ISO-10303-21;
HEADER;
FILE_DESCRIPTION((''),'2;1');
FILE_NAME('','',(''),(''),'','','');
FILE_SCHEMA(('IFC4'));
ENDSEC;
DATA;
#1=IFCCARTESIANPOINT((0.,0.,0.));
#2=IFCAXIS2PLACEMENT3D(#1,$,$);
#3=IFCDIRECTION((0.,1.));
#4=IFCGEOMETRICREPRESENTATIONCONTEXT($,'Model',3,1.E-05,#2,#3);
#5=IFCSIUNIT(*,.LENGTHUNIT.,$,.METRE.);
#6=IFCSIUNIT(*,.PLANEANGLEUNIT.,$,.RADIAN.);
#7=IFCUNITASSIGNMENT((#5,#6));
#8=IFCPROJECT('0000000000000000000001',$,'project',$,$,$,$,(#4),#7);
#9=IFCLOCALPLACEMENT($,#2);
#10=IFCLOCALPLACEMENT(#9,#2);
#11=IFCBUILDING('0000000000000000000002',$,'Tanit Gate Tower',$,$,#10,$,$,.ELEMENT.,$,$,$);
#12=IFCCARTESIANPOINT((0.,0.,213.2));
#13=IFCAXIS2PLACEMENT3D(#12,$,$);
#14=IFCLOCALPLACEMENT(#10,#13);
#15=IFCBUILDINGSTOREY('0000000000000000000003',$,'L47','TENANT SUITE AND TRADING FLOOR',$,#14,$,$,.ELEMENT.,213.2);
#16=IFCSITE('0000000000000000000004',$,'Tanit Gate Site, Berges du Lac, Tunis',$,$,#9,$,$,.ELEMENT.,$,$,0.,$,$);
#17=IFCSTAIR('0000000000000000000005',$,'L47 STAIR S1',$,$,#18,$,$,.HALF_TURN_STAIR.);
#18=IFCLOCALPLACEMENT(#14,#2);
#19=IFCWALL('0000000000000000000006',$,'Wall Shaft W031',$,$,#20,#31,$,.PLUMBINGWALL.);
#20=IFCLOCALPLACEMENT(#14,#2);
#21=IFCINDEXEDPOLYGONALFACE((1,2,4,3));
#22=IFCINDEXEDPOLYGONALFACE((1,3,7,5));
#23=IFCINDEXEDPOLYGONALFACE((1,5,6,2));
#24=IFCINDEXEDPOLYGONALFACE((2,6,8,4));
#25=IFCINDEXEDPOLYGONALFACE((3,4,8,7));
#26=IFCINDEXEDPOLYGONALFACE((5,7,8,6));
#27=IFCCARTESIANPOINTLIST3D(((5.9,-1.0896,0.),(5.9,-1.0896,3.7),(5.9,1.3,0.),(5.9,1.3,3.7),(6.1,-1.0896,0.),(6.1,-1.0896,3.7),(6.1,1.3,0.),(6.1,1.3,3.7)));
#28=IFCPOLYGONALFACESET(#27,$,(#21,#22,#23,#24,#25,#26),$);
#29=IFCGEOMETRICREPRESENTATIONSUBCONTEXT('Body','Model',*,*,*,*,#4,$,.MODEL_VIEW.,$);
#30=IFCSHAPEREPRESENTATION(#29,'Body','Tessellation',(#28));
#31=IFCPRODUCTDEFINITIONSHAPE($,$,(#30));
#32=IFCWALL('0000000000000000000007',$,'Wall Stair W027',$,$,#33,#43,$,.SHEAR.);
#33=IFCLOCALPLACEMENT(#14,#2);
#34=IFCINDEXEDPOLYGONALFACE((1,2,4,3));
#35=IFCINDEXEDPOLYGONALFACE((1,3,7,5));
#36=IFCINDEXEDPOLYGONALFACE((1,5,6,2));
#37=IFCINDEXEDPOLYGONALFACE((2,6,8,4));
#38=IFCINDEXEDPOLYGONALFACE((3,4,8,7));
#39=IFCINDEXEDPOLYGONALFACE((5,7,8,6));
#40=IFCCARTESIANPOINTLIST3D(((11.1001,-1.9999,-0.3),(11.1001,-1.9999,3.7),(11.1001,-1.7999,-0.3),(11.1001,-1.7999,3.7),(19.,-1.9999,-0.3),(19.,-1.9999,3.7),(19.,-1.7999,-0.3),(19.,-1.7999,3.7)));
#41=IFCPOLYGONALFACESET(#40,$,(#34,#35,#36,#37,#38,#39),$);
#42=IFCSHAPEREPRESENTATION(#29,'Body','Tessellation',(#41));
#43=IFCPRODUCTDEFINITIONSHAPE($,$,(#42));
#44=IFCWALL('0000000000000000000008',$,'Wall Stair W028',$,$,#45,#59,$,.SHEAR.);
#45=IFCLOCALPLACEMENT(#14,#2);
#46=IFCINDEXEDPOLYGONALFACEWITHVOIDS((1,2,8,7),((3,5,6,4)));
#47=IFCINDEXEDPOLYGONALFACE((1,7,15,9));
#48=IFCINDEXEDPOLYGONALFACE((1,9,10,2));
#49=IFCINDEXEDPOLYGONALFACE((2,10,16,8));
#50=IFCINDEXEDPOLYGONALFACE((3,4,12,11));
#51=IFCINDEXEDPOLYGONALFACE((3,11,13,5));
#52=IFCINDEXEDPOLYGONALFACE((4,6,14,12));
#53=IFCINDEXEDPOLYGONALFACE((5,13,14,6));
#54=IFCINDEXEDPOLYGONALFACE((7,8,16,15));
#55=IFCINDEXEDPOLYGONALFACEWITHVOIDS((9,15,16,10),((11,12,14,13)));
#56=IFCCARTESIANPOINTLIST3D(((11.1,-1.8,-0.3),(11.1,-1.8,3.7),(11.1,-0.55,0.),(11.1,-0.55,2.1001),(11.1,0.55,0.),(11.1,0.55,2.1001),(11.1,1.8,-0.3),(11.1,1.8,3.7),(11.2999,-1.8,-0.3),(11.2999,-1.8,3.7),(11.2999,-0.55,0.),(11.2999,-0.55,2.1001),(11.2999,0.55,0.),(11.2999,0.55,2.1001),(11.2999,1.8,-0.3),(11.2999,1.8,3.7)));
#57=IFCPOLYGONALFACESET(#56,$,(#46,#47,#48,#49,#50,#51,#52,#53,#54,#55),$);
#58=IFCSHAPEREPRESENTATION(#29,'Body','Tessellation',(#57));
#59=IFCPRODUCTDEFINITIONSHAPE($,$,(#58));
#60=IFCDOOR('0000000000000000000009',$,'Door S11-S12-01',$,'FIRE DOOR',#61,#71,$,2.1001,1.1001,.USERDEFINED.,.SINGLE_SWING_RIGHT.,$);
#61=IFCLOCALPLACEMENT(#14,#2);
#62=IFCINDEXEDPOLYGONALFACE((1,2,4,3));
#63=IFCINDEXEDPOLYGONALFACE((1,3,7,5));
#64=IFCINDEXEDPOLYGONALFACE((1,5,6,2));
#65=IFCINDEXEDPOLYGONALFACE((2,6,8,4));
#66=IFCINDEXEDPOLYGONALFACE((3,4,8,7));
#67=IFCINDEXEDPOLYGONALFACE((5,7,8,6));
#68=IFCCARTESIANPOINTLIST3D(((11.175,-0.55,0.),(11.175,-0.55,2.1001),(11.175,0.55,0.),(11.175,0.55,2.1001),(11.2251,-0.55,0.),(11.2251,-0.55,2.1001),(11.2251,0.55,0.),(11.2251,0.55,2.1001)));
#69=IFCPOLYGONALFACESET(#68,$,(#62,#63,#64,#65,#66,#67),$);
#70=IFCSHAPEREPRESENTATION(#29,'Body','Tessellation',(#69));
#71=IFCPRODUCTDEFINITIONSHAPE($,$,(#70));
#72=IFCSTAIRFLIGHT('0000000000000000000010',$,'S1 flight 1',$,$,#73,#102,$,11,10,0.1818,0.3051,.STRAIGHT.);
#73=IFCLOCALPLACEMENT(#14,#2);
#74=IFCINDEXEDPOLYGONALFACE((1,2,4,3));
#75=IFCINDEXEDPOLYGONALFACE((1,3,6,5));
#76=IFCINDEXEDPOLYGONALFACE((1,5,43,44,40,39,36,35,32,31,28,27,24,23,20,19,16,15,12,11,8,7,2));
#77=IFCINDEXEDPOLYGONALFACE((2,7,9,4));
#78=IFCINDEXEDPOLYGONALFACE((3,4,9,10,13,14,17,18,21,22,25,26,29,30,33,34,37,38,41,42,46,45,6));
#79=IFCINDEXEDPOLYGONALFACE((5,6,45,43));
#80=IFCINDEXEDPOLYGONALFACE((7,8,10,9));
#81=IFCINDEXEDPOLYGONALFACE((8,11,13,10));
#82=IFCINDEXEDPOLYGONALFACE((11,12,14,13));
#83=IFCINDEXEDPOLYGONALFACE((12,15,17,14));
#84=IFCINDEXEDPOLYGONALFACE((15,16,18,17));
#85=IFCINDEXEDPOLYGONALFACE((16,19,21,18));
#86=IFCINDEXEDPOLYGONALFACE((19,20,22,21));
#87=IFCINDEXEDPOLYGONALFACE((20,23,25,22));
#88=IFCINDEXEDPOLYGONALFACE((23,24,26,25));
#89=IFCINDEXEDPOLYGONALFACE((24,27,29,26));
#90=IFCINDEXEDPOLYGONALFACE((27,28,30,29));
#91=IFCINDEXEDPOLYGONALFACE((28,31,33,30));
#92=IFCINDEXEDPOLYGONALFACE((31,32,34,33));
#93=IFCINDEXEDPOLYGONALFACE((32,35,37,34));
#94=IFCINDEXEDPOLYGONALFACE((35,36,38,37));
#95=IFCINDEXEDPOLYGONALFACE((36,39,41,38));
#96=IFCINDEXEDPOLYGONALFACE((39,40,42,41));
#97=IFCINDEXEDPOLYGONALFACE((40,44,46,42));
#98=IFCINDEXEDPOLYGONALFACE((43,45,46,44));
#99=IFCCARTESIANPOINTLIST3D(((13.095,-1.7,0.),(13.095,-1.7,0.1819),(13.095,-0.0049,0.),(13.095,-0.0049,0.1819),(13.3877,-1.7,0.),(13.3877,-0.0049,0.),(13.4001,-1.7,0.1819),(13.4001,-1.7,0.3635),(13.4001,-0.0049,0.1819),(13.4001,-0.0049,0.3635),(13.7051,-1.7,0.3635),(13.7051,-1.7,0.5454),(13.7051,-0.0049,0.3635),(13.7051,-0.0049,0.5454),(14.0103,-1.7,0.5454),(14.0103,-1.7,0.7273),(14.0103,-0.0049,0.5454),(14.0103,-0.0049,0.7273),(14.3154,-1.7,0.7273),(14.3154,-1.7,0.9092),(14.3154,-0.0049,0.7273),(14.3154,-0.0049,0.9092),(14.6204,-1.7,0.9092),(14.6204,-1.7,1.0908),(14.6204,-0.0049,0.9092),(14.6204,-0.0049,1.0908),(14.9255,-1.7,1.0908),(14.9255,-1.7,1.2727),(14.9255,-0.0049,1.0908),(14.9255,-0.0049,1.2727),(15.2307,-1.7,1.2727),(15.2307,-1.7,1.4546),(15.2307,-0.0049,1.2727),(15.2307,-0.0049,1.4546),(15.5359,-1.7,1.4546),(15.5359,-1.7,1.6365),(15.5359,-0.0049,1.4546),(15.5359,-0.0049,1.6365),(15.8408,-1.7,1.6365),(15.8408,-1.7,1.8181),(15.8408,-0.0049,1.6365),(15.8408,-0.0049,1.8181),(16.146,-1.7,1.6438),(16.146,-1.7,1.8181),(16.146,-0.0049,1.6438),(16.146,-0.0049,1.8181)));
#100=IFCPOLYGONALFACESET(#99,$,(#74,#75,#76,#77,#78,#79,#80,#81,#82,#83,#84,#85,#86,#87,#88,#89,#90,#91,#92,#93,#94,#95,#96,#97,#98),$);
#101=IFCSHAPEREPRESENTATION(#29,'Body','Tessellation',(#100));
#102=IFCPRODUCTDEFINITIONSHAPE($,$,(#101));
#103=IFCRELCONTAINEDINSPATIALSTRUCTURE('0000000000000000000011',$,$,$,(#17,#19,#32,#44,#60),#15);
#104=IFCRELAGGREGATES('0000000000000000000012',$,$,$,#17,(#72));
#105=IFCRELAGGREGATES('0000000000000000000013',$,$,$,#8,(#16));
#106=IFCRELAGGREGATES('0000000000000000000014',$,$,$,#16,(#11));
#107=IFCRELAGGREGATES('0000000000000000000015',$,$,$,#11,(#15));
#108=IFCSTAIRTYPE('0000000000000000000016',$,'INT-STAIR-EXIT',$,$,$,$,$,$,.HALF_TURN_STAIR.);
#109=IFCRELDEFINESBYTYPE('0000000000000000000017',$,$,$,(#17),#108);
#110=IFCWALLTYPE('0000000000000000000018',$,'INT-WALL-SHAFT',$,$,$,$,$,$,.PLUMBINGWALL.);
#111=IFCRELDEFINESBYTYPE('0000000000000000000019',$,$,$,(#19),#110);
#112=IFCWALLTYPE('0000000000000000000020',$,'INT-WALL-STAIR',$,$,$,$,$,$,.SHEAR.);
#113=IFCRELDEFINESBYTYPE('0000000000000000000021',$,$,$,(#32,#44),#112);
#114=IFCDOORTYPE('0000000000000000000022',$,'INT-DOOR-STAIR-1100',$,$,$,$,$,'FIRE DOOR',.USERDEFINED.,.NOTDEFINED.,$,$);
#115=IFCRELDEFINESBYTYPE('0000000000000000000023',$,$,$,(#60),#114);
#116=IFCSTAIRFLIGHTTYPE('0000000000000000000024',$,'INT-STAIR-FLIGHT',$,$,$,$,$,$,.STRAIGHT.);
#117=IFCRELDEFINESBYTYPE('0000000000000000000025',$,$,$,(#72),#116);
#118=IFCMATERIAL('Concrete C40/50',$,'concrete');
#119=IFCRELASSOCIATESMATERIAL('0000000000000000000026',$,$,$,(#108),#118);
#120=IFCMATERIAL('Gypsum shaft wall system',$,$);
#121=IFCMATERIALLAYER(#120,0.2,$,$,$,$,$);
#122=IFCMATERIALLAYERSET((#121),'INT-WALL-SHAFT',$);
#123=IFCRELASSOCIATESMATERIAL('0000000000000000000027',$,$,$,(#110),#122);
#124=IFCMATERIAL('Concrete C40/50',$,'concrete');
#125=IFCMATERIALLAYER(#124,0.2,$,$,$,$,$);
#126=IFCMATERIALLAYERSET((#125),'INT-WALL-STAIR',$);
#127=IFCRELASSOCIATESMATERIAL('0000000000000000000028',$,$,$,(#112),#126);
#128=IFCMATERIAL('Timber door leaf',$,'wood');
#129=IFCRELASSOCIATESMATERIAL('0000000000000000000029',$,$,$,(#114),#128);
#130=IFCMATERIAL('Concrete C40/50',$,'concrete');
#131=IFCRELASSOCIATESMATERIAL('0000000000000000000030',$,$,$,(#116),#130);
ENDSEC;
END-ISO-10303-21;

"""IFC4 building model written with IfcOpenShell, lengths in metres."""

from ifc_helpers import new_model, si_unit, direction, frame, frame_2d, origin, place, context, subcontext, project, spatial, polyline, rectangle, outline, extrude, material, layer, layer_set, type_object, element, fill, aggregate, save


model = new_model("IFC4")

# Units and contexts
model_context = context("Model", 3, precision=1e-05, world=origin(), true_north=direction((0.0, 1.0)))
body_context = subcontext(model_context, "Body", "Model", "MODEL_VIEW")
ifc_project = project(units=[si_unit("LENGTHUNIT", "METRE"), si_unit("PLANEANGLEUNIT", "RADIAN")], contexts=[model_context])

# Site, building, storey
site_placement = place(None, origin())
site = spatial("IfcSite", under=ifc_project, at=site_placement, Name="Tanit Gate Site, Berges du Lac, Tunis", CompositionType="ELEMENT", RefElevation=0.0)
building_placement = place(site_placement, origin())
building = spatial("IfcBuilding", under=site, at=building_placement, Name="Tanit Gate Tower", CompositionType="ELEMENT")
storey_placement = place(building_placement, frame((0.0, 0.0, 213.2)))
storey = spatial("IfcBuildingStorey", under=building, at=storey_placement, Name="L47", Description="TENANT SUITE AND TRADING FLOOR", CompositionType="ELEMENT", Elevation=213.2)

# Stair
ifc_material_1 = material(Name="Concrete C40/50", Category="concrete")
stair_type = type_object("IfcStairType", Name="INT-STAIR-EXIT", PredefinedType="HALF_TURN_STAIR", material=ifc_material_1)
stair_placement = place(storey_placement, origin())
stair = element("IfcStair", 1, at=stair_placement, inside=storey, type_object=stair_type, Name="L47 STAIR S1", PredefinedType="HALF_TURN_STAIR")

# Walls
ifc_material_2 = material(Name="Gypsum shaft wall system")
ifc_layer_1 = layer(ifc_material_2, 0.2)
ifc_layer_set_1 = layer_set([ifc_layer_1], Name="INT-WALL-SHAFT")
wall_type_1 = type_object("IfcWallType", Name="INT-WALL-SHAFT", PredefinedType="PLUMBINGWALL", material=ifc_layer_set_1)
wall_1_placement = place(storey_placement, frame((6.0, -1.0896, 0.0), z_axis=(0.0, 0.0, 1.0), x_axis=(0.0, 1.0, 0.0)))
element("IfcWall", 2, at=wall_1_placement, inside=storey, type_object=wall_type_1, Name="Wall Shaft W031", PredefinedType="PLUMBINGWALL", context=body_context, shape_type="SweptSolid", body=[
    extrude(rectangle(XDim=2.3896, YDim=0.2, at=frame_2d((1.1948, 0.0))), origin(), (0.0, 0.0, 1.0), 3.7),
])
ifc_material_3 = material(Name="Concrete C40/50", Category="concrete")
ifc_layer_2 = layer(ifc_material_3, 0.2)
ifc_layer_set_2 = layer_set([ifc_layer_2], Name="INT-WALL-STAIR")
wall_type_2 = type_object("IfcWallType", Name="INT-WALL-STAIR", PredefinedType="SHEAR", material=ifc_layer_set_2)
wall_2_placement = place(storey_placement, frame((11.1001, -1.8999, -0.3), z_axis=(0.0, 0.0, 1.0), x_axis=(1.0, 0.0, 0.0)))
element("IfcWall", 3, at=wall_2_placement, inside=storey, type_object=wall_type_2, Name="Wall Stair W027", PredefinedType="SHEAR", context=body_context, shape_type="SweptSolid", body=[
    extrude(rectangle(XDim=7.8999, YDim=0.2, at=frame_2d((3.95, 0.0))), origin(), (0.0, 0.0, 1.0), 4.0),
])

# Wall, opening, door
wall_3_placement = place(storey_placement, frame((11.2, -1.8, -0.3), z_axis=(0.0, 0.0, 1.0), x_axis=(0.0, 1.0, 0.0)))
wall_3 = element("IfcWall", 4, at=wall_3_placement, inside=storey, type_object=wall_type_2, Name="Wall Stair W028", PredefinedType="SHEAR", context=body_context, shape_type="SweptSolid", body=[
    extrude(rectangle(XDim=3.6001, YDim=0.2, at=frame_2d((1.8, 0.0))), origin(), (0.0, 0.0, 1.0), 4.0),
])
opening_1_placement = place(wall_3_placement, frame((1.25, 0.0, 0.3)))
opening_1 = element("IfcOpeningElement", 5, at=opening_1_placement, cuts=wall_3, PredefinedType="OPENING", context=body_context, shape_type="SweptSolid", body=[
    extrude(rectangle(XDim=1.1001, YDim=2.1001, at=frame_2d((0.55, 1.05))), frame((0.0, 0.1099, 0.0), z_axis=(0.0, -1.0, 0.0), x_axis=(1.0, 0.0, 0.0)), (0.0, 0.0, 1.0), 0.22),
])
ifc_material_4 = material(Name="Timber door leaf", Category="wood")
door_type_1 = type_object("IfcDoorType", Name="INT-DOOR-STAIR-1100", ElementType="FIRE DOOR", OperationType="NOTDEFINED", PredefinedType="USERDEFINED", material=ifc_material_4)
door_1_placement = place(opening_1_placement, origin())
door_1 = element("IfcDoor", 6, at=door_1_placement, inside=storey, type_object=door_type_1, Name="Door S11-S12-01", ObjectType="FIRE DOOR", OperationType="SINGLE_SWING_RIGHT", OverallHeight=2.1001, OverallWidth=1.1001, PredefinedType="USERDEFINED", context=body_context, shape_type="SweptSolid", body=[
    extrude(rectangle(XDim=1.1001, YDim=2.1001, at=frame_2d((0.55, 1.05))), frame((0.0, 0.0249, 0.0), z_axis=(0.0, -1.0, 0.0), x_axis=(1.0, 0.0, 0.0)), (0.0, 0.0, 1.0), 0.05),
])
fill(opening_1, door_1)

# Stair flight
ifc_material_5 = material(Name="Concrete C40/50", Category="concrete")
stair_flight_type = type_object("IfcStairFlightType", Name="INT-STAIR-FLIGHT", PredefinedType="STRAIGHT", material=ifc_material_5)
stair_flight_placement = place(storey_placement, frame((13.095, -0.8525, 0.0), z_axis=(0.0, 0.0, 1.0), x_axis=(1.0, 0.0, 0.0)))
stair_flight = element("IfcStairFlight", 7, at=stair_flight_placement, type_object=stair_flight_type, Name="S1 flight 1", NumberOfRisers=11, NumberOfTreads=10, PredefinedType="STRAIGHT", RiserHeight=0.1818, TreadLength=0.3051, context=body_context, shape_type="SweptSolid", body=[
    extrude(outline(polyline([(0.0, 0.0), (0.0, 0.1819), (0.3052, 0.1819), (0.3052, 0.3635), (0.6101, 0.3635), (0.6101, 0.5454), (0.9153, 0.5454), (0.9153, 0.7273), (1.2205, 0.7273), (1.2205, 0.9092), (1.5254, 0.9092), (1.5254, 1.0908), (1.8306, 1.0908), (1.8306, 1.2727), (2.1357, 1.2727), (2.1357, 1.4546), (2.4409, 1.4546), (2.4409, 1.6365), (2.7458, 1.6365), (2.7458, 1.8181), (3.051, 1.8181), (3.051, 2.0), (3.051, 1.6438), (0.2927, 0.0), (0.0, 0.0)])), frame((0.0, 0.8477, 0.0), z_axis=(0.0, -1.0, 0.0), x_axis=(1.0, 0.0, 0.0)), (0.0, 0.0, 1.0), 1.6951),
])
aggregate(stair, [stair_flight])

save(model, "model.ifc")
